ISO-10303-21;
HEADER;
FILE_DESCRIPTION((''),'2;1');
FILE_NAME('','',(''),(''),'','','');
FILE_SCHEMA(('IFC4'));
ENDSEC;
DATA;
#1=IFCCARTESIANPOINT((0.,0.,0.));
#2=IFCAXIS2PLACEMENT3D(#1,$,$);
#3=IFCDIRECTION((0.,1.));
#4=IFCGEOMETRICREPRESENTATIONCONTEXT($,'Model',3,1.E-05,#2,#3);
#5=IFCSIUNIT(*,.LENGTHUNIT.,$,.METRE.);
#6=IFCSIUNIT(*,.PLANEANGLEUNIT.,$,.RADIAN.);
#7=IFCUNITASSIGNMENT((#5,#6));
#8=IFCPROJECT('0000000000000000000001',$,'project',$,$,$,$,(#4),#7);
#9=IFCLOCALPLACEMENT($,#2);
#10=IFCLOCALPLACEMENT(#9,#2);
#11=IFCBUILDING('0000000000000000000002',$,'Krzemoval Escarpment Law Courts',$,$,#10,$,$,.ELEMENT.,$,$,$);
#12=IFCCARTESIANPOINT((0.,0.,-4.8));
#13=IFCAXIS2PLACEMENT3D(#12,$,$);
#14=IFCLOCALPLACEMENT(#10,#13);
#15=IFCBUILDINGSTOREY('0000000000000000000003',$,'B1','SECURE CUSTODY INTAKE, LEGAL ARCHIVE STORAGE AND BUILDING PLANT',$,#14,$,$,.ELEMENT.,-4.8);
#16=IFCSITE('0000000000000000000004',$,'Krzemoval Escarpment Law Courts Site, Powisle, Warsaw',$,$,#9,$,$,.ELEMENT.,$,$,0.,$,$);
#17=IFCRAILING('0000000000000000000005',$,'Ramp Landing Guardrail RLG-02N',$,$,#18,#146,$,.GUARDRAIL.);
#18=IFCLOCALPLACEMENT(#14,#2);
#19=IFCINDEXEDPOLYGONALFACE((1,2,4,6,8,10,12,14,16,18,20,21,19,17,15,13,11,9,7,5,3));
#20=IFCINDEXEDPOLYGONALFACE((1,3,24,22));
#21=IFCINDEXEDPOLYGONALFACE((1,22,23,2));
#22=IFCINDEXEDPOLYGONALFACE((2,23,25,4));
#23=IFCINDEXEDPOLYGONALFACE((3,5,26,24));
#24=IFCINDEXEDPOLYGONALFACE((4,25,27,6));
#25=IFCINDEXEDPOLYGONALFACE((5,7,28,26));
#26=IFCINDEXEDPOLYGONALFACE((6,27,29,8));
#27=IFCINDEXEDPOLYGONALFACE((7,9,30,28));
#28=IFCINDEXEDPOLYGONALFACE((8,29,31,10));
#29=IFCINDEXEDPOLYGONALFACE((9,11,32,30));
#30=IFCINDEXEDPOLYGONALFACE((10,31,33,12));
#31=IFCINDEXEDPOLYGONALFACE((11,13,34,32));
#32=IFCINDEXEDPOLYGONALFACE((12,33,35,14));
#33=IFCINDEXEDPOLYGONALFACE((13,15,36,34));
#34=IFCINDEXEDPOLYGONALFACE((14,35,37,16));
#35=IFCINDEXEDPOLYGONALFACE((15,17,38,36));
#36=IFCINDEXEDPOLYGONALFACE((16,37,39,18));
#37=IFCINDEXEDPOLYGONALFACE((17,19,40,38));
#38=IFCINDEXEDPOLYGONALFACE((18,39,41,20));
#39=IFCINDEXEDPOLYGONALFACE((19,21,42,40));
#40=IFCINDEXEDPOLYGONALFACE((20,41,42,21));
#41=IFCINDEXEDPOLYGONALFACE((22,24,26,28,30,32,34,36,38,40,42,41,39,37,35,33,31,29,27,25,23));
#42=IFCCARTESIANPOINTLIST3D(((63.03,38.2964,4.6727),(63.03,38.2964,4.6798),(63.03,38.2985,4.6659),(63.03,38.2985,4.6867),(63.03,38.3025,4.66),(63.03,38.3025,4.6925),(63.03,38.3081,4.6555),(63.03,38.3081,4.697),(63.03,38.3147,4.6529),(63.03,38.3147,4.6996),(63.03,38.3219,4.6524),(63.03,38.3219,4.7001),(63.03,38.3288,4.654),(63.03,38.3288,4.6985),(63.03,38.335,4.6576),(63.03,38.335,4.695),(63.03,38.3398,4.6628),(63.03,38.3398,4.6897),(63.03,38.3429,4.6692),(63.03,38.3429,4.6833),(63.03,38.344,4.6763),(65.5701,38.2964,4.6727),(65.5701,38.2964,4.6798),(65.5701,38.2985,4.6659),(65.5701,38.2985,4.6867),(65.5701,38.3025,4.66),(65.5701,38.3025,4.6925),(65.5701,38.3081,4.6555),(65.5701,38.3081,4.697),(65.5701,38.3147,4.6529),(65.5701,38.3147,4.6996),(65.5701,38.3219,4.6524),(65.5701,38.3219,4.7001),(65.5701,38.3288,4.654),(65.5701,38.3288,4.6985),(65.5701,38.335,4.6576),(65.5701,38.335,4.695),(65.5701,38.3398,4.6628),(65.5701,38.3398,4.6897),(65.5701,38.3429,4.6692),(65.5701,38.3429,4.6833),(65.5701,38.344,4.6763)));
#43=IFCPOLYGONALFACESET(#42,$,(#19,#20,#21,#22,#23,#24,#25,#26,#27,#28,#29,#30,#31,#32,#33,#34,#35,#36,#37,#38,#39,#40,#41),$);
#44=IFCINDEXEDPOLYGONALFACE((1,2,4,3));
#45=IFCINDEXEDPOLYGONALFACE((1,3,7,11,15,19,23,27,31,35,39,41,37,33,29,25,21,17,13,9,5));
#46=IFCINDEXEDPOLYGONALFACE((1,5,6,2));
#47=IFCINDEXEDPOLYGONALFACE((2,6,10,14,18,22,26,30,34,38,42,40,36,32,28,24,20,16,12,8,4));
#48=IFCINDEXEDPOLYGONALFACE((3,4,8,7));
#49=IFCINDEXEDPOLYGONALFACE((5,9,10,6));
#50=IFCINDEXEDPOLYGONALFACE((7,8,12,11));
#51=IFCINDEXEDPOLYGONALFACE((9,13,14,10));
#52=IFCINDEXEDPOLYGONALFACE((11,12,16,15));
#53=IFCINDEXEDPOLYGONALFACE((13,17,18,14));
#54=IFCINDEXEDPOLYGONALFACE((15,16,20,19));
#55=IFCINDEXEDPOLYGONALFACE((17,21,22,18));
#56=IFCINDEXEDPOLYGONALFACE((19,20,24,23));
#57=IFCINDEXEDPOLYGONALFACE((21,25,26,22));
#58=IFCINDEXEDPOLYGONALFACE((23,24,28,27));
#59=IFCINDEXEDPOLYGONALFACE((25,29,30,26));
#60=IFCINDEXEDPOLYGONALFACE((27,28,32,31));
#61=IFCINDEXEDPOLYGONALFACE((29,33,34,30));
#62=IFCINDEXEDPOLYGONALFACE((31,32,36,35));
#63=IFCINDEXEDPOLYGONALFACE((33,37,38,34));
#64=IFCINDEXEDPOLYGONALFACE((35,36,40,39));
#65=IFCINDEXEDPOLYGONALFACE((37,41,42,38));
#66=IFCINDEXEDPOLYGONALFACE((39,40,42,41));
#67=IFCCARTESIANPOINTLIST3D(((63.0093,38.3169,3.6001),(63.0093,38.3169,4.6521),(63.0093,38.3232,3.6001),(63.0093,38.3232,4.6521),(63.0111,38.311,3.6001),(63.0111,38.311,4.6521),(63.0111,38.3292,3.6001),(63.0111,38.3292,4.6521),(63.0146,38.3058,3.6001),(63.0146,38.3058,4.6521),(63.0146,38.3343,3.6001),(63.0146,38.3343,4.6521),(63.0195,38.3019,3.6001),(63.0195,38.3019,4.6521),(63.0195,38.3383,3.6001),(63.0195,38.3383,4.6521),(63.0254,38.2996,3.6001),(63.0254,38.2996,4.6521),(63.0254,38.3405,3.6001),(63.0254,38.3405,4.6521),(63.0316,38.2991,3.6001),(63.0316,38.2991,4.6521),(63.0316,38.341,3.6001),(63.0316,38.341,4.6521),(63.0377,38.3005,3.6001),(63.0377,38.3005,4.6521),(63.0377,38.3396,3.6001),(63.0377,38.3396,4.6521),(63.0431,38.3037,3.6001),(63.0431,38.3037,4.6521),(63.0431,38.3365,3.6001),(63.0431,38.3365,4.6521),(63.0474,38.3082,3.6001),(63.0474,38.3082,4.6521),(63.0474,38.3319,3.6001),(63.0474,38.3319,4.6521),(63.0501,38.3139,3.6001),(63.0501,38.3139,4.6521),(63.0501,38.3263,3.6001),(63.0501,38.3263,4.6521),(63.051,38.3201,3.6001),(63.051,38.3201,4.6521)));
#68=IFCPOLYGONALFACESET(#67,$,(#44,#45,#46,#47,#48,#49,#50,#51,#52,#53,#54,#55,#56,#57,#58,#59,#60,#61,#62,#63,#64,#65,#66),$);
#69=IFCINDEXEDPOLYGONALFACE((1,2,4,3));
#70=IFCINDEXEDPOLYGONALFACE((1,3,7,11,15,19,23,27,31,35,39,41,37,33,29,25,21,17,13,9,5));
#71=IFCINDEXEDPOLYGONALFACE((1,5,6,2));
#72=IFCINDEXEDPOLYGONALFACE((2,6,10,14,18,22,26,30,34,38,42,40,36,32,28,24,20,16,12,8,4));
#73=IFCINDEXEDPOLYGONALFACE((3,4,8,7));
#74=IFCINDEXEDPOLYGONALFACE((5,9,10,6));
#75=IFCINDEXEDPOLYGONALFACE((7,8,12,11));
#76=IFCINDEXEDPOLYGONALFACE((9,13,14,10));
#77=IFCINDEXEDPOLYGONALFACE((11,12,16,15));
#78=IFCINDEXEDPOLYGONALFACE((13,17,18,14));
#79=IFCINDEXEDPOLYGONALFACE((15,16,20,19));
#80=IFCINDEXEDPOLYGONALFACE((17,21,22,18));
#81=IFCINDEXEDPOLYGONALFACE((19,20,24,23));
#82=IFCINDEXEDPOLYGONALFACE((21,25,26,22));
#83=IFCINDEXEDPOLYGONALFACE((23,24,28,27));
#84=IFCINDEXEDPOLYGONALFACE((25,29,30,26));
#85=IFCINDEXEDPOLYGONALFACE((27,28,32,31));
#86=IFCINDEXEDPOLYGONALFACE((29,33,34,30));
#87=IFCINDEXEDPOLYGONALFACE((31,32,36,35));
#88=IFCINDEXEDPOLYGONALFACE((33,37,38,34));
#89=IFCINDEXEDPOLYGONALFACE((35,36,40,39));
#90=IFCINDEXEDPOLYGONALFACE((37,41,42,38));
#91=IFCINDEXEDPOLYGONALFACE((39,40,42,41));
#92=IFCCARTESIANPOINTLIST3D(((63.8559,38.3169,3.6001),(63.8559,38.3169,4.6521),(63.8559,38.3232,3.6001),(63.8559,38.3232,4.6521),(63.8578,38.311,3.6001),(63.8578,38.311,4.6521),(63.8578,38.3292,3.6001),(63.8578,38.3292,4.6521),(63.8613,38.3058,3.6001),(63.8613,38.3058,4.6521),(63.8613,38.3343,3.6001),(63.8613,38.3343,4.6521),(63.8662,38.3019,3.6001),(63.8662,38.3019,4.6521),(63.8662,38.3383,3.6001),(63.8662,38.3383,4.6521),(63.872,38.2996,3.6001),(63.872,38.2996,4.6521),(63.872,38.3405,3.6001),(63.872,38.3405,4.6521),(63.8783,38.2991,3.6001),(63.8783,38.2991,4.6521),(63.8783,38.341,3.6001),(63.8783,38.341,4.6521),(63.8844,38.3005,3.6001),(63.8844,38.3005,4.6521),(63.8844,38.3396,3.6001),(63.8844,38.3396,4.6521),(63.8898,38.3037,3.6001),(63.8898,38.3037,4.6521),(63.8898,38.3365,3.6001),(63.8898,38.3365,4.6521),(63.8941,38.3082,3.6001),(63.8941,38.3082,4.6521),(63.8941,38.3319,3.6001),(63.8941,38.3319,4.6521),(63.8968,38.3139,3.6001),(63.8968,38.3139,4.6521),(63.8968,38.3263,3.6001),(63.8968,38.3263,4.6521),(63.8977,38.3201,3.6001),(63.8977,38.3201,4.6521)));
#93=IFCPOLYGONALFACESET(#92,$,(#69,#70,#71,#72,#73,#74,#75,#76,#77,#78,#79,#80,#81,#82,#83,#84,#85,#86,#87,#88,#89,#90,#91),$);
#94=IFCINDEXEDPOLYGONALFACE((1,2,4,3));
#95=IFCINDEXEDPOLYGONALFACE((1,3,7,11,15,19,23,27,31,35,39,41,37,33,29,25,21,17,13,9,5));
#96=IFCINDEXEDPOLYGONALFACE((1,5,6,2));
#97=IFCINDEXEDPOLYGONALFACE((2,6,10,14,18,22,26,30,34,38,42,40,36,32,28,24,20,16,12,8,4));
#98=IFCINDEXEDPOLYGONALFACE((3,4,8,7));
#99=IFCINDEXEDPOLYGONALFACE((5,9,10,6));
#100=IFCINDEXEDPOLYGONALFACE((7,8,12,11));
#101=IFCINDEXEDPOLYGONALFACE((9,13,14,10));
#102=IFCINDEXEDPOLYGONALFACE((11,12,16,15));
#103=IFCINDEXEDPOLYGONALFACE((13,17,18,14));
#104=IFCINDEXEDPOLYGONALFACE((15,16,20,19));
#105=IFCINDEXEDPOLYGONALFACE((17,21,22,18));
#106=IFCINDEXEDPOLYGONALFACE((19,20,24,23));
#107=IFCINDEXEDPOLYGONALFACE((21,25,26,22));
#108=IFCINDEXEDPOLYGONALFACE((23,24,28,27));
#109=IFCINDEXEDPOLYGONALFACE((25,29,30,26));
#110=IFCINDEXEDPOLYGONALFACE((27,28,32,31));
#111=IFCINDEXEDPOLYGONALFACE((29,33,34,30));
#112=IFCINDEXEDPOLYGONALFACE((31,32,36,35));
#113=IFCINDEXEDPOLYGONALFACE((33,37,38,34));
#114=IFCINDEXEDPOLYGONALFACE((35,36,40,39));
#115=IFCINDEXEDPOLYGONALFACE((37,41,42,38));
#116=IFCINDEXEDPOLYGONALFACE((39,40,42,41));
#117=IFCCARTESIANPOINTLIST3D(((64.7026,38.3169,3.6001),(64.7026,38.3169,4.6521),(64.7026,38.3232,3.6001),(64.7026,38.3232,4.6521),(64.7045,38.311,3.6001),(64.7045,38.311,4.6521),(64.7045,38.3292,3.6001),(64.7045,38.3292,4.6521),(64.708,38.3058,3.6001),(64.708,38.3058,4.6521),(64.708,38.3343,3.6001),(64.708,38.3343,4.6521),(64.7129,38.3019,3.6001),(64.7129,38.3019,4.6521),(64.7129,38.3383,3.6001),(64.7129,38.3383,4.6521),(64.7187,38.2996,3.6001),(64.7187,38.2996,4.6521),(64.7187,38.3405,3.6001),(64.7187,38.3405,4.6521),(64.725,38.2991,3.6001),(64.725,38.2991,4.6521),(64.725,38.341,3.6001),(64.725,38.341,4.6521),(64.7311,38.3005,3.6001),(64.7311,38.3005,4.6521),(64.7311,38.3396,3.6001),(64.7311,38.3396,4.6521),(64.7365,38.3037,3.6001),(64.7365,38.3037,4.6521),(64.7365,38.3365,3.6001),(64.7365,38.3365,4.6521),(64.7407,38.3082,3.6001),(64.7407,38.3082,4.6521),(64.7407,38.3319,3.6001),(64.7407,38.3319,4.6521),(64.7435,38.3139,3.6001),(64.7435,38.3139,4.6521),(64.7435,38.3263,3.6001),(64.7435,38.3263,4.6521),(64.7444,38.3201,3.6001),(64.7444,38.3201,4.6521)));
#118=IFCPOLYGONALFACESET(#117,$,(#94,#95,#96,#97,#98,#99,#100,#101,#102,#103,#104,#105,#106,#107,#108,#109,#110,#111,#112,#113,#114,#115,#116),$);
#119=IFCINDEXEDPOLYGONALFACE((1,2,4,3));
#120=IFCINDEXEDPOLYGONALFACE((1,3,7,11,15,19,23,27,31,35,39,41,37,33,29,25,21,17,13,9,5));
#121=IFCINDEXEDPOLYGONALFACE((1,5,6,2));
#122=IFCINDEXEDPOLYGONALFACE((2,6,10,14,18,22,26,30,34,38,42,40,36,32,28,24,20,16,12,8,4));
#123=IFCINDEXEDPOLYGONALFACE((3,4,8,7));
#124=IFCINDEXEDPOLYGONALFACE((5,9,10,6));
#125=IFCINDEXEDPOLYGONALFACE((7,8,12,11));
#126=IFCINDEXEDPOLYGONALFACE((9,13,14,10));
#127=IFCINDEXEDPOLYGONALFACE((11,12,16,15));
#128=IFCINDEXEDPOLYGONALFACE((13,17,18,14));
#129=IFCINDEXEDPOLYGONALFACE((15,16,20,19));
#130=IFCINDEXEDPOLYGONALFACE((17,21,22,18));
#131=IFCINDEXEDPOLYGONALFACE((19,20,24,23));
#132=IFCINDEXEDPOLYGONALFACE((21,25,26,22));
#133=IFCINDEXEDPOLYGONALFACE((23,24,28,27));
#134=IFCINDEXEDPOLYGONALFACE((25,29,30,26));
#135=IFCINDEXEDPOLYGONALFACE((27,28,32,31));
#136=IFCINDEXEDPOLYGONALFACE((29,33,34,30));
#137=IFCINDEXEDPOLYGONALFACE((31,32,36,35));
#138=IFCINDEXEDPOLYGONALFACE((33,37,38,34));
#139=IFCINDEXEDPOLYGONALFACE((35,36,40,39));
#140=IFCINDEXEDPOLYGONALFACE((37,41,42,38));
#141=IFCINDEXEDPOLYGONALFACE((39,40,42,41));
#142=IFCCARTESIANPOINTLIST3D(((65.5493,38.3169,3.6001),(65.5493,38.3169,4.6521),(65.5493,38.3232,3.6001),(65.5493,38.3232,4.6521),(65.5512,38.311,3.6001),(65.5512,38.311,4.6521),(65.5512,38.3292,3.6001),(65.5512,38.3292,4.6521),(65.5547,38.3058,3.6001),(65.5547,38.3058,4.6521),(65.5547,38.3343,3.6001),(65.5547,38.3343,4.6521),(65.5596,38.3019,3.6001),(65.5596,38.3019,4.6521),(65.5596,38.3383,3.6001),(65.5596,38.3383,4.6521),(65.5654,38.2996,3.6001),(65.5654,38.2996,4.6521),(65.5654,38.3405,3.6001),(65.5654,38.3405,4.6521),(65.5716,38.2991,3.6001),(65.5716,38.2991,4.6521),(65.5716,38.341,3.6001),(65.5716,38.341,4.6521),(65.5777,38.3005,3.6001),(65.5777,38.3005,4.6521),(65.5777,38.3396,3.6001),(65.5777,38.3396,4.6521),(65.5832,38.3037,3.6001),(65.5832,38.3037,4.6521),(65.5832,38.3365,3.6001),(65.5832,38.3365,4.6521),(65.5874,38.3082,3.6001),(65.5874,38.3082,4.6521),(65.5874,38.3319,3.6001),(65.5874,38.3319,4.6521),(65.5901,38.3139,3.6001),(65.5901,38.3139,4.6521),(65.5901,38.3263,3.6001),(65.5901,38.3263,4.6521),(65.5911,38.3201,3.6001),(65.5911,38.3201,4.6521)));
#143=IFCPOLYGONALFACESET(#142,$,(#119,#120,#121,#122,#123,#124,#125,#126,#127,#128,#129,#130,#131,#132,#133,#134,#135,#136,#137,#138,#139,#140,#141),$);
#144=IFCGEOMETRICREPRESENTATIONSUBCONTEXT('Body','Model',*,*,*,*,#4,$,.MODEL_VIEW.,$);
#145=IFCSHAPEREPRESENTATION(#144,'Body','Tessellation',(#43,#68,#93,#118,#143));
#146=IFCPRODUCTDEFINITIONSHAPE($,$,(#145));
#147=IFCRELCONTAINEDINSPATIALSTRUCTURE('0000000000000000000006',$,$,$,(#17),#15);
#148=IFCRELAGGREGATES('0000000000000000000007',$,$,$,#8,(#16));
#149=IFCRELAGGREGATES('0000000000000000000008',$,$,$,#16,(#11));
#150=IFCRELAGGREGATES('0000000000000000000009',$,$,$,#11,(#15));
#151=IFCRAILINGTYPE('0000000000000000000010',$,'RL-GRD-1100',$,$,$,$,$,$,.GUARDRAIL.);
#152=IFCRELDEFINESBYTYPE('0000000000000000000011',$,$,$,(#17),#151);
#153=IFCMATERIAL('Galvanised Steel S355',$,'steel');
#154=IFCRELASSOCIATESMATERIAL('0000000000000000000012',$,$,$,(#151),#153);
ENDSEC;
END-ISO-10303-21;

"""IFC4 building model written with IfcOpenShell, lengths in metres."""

from ifc_helpers import new_model, si_unit, direction, frame, origin, origin_2d, place, context, subcontext, project, spatial, circle, extrude, material, type_object, element, save


model = new_model("IFC4")

# Units and contexts
model_context = context("Model", 3, precision=1e-05, world=origin(), true_north=direction((0.0, 1.0)))
body_context = subcontext(model_context, "Body", "Model", "MODEL_VIEW")
ifc_project = project(units=[si_unit("LENGTHUNIT", "METRE"), si_unit("PLANEANGLEUNIT", "RADIAN")], contexts=[model_context])

# Site, building, storey
site_placement = place(None, origin())
site = spatial("IfcSite", under=ifc_project, at=site_placement, Name="Krzemoval Escarpment Law Courts Site, Powisle, Warsaw", CompositionType="ELEMENT", RefElevation=0.0)
building_placement = place(site_placement, origin())
building = spatial("IfcBuilding", under=site, at=building_placement, Name="Krzemoval Escarpment Law Courts", CompositionType="ELEMENT")
storey_placement = place(building_placement, frame((0.0, 0.0, -4.8)))
storey = spatial("IfcBuildingStorey", under=building, at=storey_placement, Name="B1", Description="SECURE CUSTODY INTAKE, LEGAL ARCHIVE STORAGE AND BUILDING PLANT", CompositionType="ELEMENT", Elevation=-4.8)

# Railing
ifc_material_1 = material(Name="Galvanised Steel S355", Category="steel")
railing_type_1 = type_object("IfcRailingType", Name="RL-GRD-1100", PredefinedType="GUARDRAIL", material=ifc_material_1)
for number, where, name in (
    (1, (63.03, 38.3201, 3.6001), "Ramp Landing Guardrail RLG-02N"),
):
    element("IfcRailing", number, at=place(storey_placement, frame(where)), inside=storey, type_object=railing_type_1, Name=name, PredefinedType="GUARDRAIL", context=body_context, shape_type="SweptSolid", body=[
        extrude(circle(Radius=0.0239, at=origin_2d()), frame((0.0, 0.0, 1.0762), z_axis=(1.0, 0.0, 0.0), x_axis=(0.0, 1.0, 0.0)), (0.0, 0.0, 1.0), 2.54),
        extrude(circle(Radius=0.021, at=origin_2d()), origin(), (0.0, 0.0, 1.0), 1.052),
        extrude(circle(Radius=0.021, at=origin_2d()), frame((0.8467, 0.0, 0.0)), (0.0, 0.0, 1.0), 1.052),
        extrude(circle(Radius=0.021, at=origin_2d()), frame((1.6934, 0.0, 0.0)), (0.0, 0.0, 1.0), 1.052),
        extrude(circle(Radius=0.021, at=origin_2d()), frame((2.54, 0.0, 0.0)), (0.0, 0.0, 1.0), 1.052),
    ])

save(model, "model.ifc")
